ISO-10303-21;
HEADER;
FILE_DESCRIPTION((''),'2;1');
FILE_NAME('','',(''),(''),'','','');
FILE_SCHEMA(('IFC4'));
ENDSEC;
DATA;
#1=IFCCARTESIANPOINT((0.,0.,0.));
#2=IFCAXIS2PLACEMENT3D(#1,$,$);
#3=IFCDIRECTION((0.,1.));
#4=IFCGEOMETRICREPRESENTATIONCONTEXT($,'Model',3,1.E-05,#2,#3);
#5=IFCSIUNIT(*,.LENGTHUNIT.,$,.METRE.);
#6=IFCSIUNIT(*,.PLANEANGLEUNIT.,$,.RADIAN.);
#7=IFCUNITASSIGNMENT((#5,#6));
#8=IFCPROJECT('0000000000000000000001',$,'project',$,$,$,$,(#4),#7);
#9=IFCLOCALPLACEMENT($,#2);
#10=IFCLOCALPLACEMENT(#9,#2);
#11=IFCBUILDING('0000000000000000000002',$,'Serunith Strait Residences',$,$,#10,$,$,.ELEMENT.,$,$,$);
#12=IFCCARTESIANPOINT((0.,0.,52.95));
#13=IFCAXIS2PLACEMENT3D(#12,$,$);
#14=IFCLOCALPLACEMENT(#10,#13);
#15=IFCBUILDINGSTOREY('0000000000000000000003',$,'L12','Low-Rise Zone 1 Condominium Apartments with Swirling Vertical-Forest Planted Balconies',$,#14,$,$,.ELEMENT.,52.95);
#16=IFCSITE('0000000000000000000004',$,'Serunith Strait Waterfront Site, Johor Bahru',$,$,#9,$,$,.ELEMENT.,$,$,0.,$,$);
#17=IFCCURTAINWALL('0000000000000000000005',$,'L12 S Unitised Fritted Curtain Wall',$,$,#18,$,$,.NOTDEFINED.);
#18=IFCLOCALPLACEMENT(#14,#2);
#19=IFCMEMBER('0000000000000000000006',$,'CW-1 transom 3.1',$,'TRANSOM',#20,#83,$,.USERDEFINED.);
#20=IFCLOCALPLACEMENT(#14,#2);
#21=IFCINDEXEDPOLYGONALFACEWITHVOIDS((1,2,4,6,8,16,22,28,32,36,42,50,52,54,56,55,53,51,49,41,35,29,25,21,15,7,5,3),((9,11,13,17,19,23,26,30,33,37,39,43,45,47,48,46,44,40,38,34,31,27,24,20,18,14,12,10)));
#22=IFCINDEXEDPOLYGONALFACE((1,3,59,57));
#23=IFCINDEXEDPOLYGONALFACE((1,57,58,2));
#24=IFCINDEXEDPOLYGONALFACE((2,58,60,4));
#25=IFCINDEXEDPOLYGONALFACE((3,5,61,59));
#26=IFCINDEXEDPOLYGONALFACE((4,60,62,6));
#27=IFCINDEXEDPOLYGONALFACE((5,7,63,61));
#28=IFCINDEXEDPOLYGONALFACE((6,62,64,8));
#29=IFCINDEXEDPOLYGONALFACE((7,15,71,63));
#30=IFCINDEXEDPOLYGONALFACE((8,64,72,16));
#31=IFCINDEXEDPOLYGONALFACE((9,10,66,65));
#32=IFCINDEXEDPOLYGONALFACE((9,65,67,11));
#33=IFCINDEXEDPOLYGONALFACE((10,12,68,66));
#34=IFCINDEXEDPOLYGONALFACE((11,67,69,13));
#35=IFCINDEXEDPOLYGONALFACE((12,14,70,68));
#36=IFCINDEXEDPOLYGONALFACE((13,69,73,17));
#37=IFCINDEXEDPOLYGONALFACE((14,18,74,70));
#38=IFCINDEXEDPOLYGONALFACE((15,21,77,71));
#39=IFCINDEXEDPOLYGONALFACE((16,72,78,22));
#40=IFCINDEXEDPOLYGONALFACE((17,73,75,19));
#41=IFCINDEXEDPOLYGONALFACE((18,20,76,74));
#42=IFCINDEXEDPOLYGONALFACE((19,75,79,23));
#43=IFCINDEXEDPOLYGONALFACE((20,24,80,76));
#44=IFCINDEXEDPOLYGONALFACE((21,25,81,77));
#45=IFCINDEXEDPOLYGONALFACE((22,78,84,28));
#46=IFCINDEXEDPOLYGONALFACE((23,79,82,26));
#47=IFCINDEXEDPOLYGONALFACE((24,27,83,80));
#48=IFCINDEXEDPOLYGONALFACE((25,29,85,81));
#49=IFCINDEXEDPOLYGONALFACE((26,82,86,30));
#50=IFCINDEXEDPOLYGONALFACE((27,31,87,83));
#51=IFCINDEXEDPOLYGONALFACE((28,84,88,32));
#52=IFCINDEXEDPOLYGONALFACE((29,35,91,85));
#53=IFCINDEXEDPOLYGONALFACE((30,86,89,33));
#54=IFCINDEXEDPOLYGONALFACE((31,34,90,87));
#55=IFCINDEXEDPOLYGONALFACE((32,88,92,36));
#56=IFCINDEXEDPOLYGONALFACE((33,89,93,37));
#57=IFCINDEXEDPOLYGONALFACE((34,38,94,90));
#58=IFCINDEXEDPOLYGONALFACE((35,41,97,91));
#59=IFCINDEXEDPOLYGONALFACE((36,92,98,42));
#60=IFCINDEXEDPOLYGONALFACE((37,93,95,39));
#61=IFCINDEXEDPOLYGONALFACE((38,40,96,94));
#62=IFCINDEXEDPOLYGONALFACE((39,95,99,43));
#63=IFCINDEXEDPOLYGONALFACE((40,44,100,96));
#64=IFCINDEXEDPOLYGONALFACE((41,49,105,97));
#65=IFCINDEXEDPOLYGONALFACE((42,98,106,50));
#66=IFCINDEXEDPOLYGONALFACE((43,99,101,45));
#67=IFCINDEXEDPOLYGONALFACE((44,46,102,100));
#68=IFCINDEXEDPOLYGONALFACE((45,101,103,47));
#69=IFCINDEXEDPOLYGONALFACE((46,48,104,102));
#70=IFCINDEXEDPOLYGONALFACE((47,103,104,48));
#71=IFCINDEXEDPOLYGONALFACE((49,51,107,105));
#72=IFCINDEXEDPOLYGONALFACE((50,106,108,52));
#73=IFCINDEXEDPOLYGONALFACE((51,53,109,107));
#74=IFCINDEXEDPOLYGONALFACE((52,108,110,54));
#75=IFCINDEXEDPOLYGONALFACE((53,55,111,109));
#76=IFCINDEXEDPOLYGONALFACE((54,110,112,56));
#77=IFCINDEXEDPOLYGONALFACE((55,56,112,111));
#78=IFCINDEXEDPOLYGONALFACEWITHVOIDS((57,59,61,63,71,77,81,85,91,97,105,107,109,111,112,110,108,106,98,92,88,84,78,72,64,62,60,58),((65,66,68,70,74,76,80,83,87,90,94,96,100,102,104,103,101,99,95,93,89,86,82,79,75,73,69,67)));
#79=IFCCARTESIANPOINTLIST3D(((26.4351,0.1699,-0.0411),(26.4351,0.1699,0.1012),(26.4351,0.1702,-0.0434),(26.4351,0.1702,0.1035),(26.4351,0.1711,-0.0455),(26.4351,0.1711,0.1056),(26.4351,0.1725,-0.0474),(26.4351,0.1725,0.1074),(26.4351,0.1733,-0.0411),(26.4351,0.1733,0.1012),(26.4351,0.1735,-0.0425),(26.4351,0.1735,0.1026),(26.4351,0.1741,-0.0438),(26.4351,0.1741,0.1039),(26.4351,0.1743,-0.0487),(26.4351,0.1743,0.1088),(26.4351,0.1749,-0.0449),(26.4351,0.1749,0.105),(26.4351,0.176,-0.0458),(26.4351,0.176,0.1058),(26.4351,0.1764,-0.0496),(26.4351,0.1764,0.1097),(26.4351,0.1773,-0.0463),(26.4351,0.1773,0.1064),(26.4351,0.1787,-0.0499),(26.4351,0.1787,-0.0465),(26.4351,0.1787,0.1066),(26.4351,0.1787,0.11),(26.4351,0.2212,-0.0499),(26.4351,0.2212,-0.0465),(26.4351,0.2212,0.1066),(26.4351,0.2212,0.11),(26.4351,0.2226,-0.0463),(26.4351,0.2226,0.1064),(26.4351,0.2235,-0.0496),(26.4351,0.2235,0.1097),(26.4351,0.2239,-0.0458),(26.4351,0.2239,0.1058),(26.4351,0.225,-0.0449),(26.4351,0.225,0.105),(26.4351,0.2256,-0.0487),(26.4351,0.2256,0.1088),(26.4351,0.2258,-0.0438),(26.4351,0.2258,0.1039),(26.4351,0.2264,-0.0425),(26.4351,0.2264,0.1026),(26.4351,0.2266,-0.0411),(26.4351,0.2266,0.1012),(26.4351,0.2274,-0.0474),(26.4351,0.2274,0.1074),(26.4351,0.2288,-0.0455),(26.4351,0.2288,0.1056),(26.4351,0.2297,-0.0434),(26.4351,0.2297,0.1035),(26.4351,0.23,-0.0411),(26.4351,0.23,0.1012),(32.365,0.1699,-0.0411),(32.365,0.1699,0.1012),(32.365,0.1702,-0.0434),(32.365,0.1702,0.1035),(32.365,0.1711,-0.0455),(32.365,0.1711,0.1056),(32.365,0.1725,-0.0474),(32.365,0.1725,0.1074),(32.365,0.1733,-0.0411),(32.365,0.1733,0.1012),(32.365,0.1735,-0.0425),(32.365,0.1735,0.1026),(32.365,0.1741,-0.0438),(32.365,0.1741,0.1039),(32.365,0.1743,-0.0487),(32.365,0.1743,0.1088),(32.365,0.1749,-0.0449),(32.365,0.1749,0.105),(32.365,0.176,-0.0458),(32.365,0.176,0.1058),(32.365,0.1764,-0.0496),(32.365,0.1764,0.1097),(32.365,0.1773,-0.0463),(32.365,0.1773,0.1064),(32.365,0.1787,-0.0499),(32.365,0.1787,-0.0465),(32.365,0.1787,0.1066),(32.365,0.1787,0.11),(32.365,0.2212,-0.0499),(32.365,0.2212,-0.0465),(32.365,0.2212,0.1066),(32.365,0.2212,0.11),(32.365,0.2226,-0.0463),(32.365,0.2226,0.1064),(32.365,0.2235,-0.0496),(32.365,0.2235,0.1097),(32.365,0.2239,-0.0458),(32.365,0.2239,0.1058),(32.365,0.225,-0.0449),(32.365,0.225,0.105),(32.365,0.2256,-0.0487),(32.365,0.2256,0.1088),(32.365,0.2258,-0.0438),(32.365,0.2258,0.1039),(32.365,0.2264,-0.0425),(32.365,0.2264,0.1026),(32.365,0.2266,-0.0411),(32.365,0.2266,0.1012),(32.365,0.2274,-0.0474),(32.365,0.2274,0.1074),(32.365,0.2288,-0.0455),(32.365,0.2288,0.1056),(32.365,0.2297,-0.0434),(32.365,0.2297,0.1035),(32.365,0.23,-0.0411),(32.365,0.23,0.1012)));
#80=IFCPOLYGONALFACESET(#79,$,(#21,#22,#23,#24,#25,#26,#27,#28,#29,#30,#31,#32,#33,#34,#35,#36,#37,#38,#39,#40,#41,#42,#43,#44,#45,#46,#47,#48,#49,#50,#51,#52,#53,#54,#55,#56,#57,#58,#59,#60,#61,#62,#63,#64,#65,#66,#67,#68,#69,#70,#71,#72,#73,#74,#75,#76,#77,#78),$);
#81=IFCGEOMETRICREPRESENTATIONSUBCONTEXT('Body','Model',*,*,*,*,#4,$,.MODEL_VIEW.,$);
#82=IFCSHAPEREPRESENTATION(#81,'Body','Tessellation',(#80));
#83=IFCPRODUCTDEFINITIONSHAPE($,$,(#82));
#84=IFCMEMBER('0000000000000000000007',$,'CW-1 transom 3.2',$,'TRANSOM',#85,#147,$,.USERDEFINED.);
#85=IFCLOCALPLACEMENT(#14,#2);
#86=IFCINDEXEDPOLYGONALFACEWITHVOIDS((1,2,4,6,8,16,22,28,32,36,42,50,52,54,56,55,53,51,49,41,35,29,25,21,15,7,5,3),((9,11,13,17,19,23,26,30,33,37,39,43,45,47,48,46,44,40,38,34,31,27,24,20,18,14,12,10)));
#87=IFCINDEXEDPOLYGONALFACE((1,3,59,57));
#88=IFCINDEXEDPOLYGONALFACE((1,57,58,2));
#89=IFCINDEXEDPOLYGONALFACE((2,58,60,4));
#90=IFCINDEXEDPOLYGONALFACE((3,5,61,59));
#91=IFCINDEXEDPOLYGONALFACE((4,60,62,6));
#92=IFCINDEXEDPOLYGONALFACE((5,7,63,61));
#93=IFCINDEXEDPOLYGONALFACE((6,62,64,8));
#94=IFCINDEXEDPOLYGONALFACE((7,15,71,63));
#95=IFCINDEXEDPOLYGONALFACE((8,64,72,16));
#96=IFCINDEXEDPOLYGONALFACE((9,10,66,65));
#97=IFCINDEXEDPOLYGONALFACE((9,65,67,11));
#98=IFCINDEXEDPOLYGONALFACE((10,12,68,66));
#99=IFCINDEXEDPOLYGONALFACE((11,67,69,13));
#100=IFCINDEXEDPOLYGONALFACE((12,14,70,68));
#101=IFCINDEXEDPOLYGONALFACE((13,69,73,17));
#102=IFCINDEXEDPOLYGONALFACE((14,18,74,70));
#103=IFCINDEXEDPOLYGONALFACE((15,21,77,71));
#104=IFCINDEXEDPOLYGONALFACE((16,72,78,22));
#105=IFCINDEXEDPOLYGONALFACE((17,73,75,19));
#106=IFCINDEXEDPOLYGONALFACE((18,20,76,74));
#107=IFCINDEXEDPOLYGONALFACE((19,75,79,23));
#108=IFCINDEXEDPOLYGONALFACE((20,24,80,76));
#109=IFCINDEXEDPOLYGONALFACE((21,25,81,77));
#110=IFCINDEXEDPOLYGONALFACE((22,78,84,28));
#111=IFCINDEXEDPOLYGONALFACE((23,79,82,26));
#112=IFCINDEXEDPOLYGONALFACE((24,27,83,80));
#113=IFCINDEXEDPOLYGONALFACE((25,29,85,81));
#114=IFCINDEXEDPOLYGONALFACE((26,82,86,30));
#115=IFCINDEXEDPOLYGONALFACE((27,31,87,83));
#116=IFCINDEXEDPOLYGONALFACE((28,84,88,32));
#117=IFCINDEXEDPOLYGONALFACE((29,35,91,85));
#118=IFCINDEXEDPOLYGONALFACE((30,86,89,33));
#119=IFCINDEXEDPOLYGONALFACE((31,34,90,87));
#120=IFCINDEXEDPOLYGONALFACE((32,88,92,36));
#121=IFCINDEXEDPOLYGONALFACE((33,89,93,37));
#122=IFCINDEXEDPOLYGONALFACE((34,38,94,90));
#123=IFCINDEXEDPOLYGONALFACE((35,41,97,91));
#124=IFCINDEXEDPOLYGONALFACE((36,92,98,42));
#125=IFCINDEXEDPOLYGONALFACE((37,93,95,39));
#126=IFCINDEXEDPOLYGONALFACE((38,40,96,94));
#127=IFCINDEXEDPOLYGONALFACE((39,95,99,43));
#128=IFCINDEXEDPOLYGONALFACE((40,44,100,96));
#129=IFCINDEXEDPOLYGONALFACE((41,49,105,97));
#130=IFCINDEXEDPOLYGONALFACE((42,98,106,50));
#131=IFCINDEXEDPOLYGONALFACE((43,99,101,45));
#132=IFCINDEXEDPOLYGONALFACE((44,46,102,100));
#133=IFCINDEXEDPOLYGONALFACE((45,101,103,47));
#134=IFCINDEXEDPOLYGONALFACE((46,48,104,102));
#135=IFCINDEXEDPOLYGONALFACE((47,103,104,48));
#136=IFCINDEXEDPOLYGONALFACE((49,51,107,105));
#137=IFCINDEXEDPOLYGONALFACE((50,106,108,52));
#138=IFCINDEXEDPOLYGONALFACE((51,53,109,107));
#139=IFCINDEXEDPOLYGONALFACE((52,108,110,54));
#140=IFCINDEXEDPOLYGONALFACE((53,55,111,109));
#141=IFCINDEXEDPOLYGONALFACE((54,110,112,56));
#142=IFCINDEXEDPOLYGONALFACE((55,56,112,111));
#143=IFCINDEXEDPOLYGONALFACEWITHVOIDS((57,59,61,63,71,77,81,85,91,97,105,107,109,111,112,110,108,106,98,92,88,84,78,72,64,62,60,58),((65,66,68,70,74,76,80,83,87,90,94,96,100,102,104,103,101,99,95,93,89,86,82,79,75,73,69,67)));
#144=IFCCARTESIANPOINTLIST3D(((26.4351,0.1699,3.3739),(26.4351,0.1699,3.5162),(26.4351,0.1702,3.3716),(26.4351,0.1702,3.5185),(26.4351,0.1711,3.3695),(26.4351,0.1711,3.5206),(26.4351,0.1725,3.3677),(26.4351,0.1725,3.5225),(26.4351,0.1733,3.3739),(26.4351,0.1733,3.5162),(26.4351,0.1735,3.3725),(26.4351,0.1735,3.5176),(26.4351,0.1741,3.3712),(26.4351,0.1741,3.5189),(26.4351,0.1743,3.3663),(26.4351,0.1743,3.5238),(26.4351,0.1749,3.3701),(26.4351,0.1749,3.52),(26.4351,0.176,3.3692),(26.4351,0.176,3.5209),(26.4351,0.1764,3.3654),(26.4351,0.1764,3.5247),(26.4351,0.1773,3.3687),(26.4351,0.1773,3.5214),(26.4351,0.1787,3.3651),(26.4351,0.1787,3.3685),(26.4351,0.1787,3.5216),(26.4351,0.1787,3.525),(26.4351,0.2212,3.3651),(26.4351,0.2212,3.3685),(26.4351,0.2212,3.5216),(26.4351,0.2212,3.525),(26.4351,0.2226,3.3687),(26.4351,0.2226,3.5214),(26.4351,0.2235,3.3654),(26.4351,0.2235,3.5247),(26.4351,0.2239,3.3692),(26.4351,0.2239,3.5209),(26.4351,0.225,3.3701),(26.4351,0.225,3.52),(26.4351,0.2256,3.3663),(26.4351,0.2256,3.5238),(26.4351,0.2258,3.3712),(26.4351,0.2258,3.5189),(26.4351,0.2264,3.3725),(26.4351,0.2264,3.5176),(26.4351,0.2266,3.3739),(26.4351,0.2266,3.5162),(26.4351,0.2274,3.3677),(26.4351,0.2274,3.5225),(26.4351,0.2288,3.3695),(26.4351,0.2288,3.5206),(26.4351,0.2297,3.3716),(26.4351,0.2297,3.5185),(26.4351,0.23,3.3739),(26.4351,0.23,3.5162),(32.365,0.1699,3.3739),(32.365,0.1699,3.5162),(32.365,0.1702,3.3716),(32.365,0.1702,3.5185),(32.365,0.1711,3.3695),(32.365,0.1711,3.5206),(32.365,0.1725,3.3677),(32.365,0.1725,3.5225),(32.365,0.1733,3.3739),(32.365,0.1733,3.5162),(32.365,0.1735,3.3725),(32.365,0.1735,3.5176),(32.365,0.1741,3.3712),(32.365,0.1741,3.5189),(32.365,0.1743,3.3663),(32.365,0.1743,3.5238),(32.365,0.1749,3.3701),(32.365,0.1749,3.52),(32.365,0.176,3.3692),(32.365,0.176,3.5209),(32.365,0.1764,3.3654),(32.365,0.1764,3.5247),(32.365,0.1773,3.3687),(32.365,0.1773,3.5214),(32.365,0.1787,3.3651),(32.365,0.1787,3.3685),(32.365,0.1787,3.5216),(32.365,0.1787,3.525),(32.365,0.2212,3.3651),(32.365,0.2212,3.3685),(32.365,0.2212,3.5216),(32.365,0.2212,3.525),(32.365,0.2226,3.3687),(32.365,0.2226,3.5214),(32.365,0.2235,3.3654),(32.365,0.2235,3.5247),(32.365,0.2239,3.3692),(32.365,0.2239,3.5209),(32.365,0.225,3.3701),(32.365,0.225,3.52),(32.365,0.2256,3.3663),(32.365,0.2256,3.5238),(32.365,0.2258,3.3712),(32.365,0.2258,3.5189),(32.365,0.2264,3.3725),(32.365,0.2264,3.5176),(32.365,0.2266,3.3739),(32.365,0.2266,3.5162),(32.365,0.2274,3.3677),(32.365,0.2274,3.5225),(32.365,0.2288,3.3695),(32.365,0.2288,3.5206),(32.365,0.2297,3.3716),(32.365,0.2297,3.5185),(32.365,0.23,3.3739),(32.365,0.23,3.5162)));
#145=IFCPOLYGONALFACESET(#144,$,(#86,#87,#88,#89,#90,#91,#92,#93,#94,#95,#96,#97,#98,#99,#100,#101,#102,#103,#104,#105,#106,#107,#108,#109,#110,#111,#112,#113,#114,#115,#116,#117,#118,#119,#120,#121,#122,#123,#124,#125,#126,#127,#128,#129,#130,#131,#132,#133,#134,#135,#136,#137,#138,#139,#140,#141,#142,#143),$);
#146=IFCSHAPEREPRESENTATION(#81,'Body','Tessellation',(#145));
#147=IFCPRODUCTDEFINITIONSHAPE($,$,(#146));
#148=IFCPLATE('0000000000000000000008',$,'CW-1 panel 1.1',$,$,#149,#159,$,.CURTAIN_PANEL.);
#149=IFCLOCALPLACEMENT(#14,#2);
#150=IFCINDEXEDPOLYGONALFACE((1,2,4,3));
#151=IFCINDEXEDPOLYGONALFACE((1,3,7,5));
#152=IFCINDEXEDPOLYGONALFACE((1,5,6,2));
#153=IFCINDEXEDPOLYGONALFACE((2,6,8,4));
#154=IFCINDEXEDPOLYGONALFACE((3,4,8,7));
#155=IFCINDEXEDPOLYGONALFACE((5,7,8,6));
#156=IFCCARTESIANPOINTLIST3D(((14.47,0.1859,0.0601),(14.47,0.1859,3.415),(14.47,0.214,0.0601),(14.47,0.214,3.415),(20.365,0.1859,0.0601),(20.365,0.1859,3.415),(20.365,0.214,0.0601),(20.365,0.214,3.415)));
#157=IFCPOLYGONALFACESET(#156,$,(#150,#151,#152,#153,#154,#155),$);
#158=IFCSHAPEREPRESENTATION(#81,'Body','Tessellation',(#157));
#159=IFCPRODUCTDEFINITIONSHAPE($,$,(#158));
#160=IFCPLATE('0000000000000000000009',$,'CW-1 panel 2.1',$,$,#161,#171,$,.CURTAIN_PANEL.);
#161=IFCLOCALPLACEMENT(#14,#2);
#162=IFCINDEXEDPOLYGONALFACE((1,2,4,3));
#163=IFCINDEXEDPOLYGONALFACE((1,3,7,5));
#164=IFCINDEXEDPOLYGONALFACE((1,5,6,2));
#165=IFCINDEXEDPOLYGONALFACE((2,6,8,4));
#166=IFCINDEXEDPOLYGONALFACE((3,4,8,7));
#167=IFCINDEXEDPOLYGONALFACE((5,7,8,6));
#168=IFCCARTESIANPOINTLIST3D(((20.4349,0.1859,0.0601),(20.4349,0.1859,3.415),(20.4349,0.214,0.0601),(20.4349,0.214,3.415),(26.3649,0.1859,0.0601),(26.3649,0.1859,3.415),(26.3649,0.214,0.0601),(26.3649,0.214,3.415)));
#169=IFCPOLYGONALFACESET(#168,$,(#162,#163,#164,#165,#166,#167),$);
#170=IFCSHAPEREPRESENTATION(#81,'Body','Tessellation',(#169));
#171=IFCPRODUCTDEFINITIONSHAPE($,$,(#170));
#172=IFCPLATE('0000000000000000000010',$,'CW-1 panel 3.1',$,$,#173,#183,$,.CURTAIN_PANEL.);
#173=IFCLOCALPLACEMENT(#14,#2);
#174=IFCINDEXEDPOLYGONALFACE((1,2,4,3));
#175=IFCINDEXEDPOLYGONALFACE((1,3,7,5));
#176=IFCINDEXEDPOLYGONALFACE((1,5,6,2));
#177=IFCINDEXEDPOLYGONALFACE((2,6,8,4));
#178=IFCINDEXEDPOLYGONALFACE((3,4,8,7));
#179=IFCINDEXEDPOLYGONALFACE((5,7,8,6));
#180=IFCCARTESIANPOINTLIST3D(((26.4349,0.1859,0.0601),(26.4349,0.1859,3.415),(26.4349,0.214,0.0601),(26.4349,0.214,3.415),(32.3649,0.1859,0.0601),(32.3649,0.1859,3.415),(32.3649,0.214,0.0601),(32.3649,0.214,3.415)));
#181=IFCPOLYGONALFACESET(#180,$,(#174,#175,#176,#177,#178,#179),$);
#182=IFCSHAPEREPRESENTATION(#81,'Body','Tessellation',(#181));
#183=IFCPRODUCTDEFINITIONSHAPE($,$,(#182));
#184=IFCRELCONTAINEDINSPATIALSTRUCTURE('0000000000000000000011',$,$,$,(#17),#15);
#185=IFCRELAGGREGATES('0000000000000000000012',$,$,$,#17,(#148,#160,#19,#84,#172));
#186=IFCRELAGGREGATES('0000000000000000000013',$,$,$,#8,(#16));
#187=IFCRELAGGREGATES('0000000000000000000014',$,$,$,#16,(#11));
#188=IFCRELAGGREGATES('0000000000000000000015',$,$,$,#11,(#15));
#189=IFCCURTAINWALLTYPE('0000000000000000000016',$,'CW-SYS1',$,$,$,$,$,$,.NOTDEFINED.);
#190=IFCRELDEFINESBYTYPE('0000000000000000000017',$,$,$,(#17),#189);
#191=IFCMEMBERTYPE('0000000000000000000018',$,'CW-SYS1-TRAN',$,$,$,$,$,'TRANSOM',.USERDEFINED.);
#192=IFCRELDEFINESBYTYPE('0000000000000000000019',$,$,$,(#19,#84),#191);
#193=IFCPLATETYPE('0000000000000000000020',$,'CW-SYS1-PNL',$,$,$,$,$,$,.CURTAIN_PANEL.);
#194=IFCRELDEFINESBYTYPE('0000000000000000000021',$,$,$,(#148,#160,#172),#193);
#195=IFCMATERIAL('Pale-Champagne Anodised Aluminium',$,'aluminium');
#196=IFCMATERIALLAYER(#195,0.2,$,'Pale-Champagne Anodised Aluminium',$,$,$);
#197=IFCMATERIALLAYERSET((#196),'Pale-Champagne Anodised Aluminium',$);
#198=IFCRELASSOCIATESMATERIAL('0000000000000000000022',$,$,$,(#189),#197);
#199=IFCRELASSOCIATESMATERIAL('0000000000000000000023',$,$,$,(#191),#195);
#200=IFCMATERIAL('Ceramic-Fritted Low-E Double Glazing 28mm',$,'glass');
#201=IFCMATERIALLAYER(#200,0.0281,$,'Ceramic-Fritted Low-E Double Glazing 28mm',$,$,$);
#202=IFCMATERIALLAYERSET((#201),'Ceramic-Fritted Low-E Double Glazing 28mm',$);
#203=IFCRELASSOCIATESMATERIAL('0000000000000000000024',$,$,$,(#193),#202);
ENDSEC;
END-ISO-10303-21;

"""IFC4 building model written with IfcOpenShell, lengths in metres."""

from ifc_helpers import new_model, si_unit, direction, frame, origin, origin_2d, place, context, subcontext, project, spatial, rectangle, hollow_rectangle, extrude, source, transform, mapped, material, layer, layer_set, material_profile, profile_set, type_object, element, aggregate, save


model = new_model("IFC4")

# Units and contexts
model_context = context("Model", 3, precision=1e-05, world=origin(), true_north=direction((0.0, 1.0)))
body_context = subcontext(model_context, "Body", "Model", "MODEL_VIEW")
ifc_project = project(units=[si_unit("LENGTHUNIT", "METRE"), si_unit("PLANEANGLEUNIT", "RADIAN")], contexts=[model_context])

# Site, building, storey
site_placement = place(None, origin())
site = spatial("IfcSite", under=ifc_project, at=site_placement, Name="Serunith Strait Waterfront Site, Johor Bahru", CompositionType="ELEMENT", RefElevation=0.0)
building_placement = place(site_placement, origin())
building = spatial("IfcBuilding", under=site, at=building_placement, Name="Serunith Strait Residences", CompositionType="ELEMENT")
storey_placement = place(building_placement, frame((0.0, 0.0, 52.95)))
storey = spatial("IfcBuildingStorey", under=building, at=storey_placement, Name="L12", Description="Low-Rise Zone 1 Condominium Apartments with Swirling Vertical-Forest Planted Balconies", CompositionType="ELEMENT", Elevation=52.95)

# Curtain wall, members, plates
ifc_material_1 = material(Name="Pale-Champagne Anodised Aluminium", Category="aluminium")
ifc_layer_1 = layer(ifc_material_1, 0.2, Name="Pale-Champagne Anodised Aluminium")
ifc_layer_set_1 = layer_set([ifc_layer_1], Name="Pale-Champagne Anodised Aluminium")
curtain_wall_type = type_object("IfcCurtainWallType", Name="CW-SYS1", PredefinedType="NOTDEFINED", material=ifc_layer_set_1)
curtain_wall_placement = place(storey_placement, origin())
curtain_wall = element("IfcCurtainWall", 1, at=curtain_wall_placement, inside=storey, type_object=curtain_wall_type, Name="L12 S Unitised Fritted Curtain Wall", PredefinedType="NOTDEFINED")
ifc_material_profile_1 = material_profile(ifc_material_1, hollow_rectangle(XDim=0.0601, YDim=0.1599, WallThickness=0.0034, InnerFilletRadius=0.0054, OuterFilletRadius=0.0088, at=origin_2d()), Name="ALU 160x60x3.5")
ifc_profile_set_1 = profile_set([ifc_material_profile_1], Name="Pale-Champagne Anodised Aluminium")
member_type_1 = type_object("IfcMemberType", Name="CW-SYS1-TRAN", ElementType="TRANSOM", PredefinedType="USERDEFINED", material=ifc_profile_set_1)
shared_shape_1 = source(origin(), body_context, "Body", "SweptSolid", [
    extrude(hollow_rectangle(XDim=0.0601, YDim=0.1599, WallThickness=0.0034, InnerFilletRadius=0.0054, OuterFilletRadius=0.0088, at=origin_2d()), origin(), (0.0, 0.0, 1.0), 5.9299),
])
member_1_placement = place(storey_placement, frame((26.4351, 0.2, 0.03), z_axis=(1.0, 0.0, 0.0), x_axis=(0.0, 1.0, 0.0)))
member_1 = element("IfcMember", 2, at=member_1_placement, type_object=member_type_1, Name="CW-1 transom 3.1", ObjectType="TRANSOM", PredefinedType="USERDEFINED", context=body_context, shape_type="MappedRepresentation", body=[
    mapped(shared_shape_1, transform((0.0, 0.0, 0.0), scale=1.0)),
])
member_2_placement = place(storey_placement, frame((26.4351, 0.2, 3.4451), z_axis=(1.0, 0.0, 0.0), x_axis=(0.0, 1.0, 0.0)))
member_2 = element("IfcMember", 3, at=member_2_placement, type_object=member_type_1, Name="CW-1 transom 3.2", ObjectType="TRANSOM", PredefinedType="USERDEFINED", context=body_context, shape_type="MappedRepresentation", body=[
    mapped(shared_shape_1, transform((0.0, 0.0, 0.0), scale=1.0)),
])
ifc_material_2 = material(Name="Ceramic-Fritted Low-E Double Glazing 28mm", Category="glass")
ifc_layer_2 = layer(ifc_material_2, 0.0281, Name="Ceramic-Fritted Low-E Double Glazing 28mm")
ifc_layer_set_2 = layer_set([ifc_layer_2], Name="Ceramic-Fritted Low-E Double Glazing 28mm")
plate_type = type_object("IfcPlateType", Name="CW-SYS1-PNL", PredefinedType="CURTAIN_PANEL", material=ifc_layer_set_2)
shared_shape_2 = source(origin(), body_context, "Body", "SweptSolid", [
    extrude(rectangle(XDim=5.895, YDim=0.0281, at=origin_2d()), origin(), (0.0, 0.0, 1.0), 3.355),
])
plate_1_placement = place(storey_placement, frame((17.4175, 0.2, 0.0601), z_axis=(0.0, 0.0, 1.0), x_axis=(1.0, 0.0, 0.0)))
plate_1 = element("IfcPlate", 4, at=plate_1_placement, type_object=plate_type, Name="CW-1 panel 1.1", PredefinedType="CURTAIN_PANEL", context=body_context, shape_type="MappedRepresentation", body=[
    mapped(shared_shape_2, transform((0.0, 0.0, 0.0), scale=1.0)),
])
shared_shape_3 = source(origin(), body_context, "Body", "SweptSolid", [
    extrude(rectangle(XDim=5.9299, YDim=0.0281, at=origin_2d()), origin(), (0.0, 0.0, 1.0), 3.355),
])
plate_2_placement = place(storey_placement, frame((23.3999, 0.2, 0.0601), z_axis=(0.0, 0.0, 1.0), x_axis=(1.0, 0.0, 0.0)))
plate_2 = element("IfcPlate", 5, at=plate_2_placement, type_object=plate_type, Name="CW-1 panel 2.1", PredefinedType="CURTAIN_PANEL", context=body_context, shape_type="MappedRepresentation", body=[
    mapped(shared_shape_3, transform((0.0, 0.0, 0.0), scale=1.0)),
])
plate_3_placement = place(storey_placement, frame((29.3999, 0.2, 0.0601), z_axis=(0.0, 0.0, 1.0), x_axis=(1.0, 0.0, 0.0)))
plate_3 = element("IfcPlate", 6, at=plate_3_placement, type_object=plate_type, Name="CW-1 panel 3.1", PredefinedType="CURTAIN_PANEL", context=body_context, shape_type="MappedRepresentation", body=[
    mapped(shared_shape_3, transform((0.0, 0.0, 0.0), scale=1.0)),
])
aggregate(curtain_wall, [plate_1, plate_2, member_1, member_2, plate_3])

save(model, "model.ifc")
